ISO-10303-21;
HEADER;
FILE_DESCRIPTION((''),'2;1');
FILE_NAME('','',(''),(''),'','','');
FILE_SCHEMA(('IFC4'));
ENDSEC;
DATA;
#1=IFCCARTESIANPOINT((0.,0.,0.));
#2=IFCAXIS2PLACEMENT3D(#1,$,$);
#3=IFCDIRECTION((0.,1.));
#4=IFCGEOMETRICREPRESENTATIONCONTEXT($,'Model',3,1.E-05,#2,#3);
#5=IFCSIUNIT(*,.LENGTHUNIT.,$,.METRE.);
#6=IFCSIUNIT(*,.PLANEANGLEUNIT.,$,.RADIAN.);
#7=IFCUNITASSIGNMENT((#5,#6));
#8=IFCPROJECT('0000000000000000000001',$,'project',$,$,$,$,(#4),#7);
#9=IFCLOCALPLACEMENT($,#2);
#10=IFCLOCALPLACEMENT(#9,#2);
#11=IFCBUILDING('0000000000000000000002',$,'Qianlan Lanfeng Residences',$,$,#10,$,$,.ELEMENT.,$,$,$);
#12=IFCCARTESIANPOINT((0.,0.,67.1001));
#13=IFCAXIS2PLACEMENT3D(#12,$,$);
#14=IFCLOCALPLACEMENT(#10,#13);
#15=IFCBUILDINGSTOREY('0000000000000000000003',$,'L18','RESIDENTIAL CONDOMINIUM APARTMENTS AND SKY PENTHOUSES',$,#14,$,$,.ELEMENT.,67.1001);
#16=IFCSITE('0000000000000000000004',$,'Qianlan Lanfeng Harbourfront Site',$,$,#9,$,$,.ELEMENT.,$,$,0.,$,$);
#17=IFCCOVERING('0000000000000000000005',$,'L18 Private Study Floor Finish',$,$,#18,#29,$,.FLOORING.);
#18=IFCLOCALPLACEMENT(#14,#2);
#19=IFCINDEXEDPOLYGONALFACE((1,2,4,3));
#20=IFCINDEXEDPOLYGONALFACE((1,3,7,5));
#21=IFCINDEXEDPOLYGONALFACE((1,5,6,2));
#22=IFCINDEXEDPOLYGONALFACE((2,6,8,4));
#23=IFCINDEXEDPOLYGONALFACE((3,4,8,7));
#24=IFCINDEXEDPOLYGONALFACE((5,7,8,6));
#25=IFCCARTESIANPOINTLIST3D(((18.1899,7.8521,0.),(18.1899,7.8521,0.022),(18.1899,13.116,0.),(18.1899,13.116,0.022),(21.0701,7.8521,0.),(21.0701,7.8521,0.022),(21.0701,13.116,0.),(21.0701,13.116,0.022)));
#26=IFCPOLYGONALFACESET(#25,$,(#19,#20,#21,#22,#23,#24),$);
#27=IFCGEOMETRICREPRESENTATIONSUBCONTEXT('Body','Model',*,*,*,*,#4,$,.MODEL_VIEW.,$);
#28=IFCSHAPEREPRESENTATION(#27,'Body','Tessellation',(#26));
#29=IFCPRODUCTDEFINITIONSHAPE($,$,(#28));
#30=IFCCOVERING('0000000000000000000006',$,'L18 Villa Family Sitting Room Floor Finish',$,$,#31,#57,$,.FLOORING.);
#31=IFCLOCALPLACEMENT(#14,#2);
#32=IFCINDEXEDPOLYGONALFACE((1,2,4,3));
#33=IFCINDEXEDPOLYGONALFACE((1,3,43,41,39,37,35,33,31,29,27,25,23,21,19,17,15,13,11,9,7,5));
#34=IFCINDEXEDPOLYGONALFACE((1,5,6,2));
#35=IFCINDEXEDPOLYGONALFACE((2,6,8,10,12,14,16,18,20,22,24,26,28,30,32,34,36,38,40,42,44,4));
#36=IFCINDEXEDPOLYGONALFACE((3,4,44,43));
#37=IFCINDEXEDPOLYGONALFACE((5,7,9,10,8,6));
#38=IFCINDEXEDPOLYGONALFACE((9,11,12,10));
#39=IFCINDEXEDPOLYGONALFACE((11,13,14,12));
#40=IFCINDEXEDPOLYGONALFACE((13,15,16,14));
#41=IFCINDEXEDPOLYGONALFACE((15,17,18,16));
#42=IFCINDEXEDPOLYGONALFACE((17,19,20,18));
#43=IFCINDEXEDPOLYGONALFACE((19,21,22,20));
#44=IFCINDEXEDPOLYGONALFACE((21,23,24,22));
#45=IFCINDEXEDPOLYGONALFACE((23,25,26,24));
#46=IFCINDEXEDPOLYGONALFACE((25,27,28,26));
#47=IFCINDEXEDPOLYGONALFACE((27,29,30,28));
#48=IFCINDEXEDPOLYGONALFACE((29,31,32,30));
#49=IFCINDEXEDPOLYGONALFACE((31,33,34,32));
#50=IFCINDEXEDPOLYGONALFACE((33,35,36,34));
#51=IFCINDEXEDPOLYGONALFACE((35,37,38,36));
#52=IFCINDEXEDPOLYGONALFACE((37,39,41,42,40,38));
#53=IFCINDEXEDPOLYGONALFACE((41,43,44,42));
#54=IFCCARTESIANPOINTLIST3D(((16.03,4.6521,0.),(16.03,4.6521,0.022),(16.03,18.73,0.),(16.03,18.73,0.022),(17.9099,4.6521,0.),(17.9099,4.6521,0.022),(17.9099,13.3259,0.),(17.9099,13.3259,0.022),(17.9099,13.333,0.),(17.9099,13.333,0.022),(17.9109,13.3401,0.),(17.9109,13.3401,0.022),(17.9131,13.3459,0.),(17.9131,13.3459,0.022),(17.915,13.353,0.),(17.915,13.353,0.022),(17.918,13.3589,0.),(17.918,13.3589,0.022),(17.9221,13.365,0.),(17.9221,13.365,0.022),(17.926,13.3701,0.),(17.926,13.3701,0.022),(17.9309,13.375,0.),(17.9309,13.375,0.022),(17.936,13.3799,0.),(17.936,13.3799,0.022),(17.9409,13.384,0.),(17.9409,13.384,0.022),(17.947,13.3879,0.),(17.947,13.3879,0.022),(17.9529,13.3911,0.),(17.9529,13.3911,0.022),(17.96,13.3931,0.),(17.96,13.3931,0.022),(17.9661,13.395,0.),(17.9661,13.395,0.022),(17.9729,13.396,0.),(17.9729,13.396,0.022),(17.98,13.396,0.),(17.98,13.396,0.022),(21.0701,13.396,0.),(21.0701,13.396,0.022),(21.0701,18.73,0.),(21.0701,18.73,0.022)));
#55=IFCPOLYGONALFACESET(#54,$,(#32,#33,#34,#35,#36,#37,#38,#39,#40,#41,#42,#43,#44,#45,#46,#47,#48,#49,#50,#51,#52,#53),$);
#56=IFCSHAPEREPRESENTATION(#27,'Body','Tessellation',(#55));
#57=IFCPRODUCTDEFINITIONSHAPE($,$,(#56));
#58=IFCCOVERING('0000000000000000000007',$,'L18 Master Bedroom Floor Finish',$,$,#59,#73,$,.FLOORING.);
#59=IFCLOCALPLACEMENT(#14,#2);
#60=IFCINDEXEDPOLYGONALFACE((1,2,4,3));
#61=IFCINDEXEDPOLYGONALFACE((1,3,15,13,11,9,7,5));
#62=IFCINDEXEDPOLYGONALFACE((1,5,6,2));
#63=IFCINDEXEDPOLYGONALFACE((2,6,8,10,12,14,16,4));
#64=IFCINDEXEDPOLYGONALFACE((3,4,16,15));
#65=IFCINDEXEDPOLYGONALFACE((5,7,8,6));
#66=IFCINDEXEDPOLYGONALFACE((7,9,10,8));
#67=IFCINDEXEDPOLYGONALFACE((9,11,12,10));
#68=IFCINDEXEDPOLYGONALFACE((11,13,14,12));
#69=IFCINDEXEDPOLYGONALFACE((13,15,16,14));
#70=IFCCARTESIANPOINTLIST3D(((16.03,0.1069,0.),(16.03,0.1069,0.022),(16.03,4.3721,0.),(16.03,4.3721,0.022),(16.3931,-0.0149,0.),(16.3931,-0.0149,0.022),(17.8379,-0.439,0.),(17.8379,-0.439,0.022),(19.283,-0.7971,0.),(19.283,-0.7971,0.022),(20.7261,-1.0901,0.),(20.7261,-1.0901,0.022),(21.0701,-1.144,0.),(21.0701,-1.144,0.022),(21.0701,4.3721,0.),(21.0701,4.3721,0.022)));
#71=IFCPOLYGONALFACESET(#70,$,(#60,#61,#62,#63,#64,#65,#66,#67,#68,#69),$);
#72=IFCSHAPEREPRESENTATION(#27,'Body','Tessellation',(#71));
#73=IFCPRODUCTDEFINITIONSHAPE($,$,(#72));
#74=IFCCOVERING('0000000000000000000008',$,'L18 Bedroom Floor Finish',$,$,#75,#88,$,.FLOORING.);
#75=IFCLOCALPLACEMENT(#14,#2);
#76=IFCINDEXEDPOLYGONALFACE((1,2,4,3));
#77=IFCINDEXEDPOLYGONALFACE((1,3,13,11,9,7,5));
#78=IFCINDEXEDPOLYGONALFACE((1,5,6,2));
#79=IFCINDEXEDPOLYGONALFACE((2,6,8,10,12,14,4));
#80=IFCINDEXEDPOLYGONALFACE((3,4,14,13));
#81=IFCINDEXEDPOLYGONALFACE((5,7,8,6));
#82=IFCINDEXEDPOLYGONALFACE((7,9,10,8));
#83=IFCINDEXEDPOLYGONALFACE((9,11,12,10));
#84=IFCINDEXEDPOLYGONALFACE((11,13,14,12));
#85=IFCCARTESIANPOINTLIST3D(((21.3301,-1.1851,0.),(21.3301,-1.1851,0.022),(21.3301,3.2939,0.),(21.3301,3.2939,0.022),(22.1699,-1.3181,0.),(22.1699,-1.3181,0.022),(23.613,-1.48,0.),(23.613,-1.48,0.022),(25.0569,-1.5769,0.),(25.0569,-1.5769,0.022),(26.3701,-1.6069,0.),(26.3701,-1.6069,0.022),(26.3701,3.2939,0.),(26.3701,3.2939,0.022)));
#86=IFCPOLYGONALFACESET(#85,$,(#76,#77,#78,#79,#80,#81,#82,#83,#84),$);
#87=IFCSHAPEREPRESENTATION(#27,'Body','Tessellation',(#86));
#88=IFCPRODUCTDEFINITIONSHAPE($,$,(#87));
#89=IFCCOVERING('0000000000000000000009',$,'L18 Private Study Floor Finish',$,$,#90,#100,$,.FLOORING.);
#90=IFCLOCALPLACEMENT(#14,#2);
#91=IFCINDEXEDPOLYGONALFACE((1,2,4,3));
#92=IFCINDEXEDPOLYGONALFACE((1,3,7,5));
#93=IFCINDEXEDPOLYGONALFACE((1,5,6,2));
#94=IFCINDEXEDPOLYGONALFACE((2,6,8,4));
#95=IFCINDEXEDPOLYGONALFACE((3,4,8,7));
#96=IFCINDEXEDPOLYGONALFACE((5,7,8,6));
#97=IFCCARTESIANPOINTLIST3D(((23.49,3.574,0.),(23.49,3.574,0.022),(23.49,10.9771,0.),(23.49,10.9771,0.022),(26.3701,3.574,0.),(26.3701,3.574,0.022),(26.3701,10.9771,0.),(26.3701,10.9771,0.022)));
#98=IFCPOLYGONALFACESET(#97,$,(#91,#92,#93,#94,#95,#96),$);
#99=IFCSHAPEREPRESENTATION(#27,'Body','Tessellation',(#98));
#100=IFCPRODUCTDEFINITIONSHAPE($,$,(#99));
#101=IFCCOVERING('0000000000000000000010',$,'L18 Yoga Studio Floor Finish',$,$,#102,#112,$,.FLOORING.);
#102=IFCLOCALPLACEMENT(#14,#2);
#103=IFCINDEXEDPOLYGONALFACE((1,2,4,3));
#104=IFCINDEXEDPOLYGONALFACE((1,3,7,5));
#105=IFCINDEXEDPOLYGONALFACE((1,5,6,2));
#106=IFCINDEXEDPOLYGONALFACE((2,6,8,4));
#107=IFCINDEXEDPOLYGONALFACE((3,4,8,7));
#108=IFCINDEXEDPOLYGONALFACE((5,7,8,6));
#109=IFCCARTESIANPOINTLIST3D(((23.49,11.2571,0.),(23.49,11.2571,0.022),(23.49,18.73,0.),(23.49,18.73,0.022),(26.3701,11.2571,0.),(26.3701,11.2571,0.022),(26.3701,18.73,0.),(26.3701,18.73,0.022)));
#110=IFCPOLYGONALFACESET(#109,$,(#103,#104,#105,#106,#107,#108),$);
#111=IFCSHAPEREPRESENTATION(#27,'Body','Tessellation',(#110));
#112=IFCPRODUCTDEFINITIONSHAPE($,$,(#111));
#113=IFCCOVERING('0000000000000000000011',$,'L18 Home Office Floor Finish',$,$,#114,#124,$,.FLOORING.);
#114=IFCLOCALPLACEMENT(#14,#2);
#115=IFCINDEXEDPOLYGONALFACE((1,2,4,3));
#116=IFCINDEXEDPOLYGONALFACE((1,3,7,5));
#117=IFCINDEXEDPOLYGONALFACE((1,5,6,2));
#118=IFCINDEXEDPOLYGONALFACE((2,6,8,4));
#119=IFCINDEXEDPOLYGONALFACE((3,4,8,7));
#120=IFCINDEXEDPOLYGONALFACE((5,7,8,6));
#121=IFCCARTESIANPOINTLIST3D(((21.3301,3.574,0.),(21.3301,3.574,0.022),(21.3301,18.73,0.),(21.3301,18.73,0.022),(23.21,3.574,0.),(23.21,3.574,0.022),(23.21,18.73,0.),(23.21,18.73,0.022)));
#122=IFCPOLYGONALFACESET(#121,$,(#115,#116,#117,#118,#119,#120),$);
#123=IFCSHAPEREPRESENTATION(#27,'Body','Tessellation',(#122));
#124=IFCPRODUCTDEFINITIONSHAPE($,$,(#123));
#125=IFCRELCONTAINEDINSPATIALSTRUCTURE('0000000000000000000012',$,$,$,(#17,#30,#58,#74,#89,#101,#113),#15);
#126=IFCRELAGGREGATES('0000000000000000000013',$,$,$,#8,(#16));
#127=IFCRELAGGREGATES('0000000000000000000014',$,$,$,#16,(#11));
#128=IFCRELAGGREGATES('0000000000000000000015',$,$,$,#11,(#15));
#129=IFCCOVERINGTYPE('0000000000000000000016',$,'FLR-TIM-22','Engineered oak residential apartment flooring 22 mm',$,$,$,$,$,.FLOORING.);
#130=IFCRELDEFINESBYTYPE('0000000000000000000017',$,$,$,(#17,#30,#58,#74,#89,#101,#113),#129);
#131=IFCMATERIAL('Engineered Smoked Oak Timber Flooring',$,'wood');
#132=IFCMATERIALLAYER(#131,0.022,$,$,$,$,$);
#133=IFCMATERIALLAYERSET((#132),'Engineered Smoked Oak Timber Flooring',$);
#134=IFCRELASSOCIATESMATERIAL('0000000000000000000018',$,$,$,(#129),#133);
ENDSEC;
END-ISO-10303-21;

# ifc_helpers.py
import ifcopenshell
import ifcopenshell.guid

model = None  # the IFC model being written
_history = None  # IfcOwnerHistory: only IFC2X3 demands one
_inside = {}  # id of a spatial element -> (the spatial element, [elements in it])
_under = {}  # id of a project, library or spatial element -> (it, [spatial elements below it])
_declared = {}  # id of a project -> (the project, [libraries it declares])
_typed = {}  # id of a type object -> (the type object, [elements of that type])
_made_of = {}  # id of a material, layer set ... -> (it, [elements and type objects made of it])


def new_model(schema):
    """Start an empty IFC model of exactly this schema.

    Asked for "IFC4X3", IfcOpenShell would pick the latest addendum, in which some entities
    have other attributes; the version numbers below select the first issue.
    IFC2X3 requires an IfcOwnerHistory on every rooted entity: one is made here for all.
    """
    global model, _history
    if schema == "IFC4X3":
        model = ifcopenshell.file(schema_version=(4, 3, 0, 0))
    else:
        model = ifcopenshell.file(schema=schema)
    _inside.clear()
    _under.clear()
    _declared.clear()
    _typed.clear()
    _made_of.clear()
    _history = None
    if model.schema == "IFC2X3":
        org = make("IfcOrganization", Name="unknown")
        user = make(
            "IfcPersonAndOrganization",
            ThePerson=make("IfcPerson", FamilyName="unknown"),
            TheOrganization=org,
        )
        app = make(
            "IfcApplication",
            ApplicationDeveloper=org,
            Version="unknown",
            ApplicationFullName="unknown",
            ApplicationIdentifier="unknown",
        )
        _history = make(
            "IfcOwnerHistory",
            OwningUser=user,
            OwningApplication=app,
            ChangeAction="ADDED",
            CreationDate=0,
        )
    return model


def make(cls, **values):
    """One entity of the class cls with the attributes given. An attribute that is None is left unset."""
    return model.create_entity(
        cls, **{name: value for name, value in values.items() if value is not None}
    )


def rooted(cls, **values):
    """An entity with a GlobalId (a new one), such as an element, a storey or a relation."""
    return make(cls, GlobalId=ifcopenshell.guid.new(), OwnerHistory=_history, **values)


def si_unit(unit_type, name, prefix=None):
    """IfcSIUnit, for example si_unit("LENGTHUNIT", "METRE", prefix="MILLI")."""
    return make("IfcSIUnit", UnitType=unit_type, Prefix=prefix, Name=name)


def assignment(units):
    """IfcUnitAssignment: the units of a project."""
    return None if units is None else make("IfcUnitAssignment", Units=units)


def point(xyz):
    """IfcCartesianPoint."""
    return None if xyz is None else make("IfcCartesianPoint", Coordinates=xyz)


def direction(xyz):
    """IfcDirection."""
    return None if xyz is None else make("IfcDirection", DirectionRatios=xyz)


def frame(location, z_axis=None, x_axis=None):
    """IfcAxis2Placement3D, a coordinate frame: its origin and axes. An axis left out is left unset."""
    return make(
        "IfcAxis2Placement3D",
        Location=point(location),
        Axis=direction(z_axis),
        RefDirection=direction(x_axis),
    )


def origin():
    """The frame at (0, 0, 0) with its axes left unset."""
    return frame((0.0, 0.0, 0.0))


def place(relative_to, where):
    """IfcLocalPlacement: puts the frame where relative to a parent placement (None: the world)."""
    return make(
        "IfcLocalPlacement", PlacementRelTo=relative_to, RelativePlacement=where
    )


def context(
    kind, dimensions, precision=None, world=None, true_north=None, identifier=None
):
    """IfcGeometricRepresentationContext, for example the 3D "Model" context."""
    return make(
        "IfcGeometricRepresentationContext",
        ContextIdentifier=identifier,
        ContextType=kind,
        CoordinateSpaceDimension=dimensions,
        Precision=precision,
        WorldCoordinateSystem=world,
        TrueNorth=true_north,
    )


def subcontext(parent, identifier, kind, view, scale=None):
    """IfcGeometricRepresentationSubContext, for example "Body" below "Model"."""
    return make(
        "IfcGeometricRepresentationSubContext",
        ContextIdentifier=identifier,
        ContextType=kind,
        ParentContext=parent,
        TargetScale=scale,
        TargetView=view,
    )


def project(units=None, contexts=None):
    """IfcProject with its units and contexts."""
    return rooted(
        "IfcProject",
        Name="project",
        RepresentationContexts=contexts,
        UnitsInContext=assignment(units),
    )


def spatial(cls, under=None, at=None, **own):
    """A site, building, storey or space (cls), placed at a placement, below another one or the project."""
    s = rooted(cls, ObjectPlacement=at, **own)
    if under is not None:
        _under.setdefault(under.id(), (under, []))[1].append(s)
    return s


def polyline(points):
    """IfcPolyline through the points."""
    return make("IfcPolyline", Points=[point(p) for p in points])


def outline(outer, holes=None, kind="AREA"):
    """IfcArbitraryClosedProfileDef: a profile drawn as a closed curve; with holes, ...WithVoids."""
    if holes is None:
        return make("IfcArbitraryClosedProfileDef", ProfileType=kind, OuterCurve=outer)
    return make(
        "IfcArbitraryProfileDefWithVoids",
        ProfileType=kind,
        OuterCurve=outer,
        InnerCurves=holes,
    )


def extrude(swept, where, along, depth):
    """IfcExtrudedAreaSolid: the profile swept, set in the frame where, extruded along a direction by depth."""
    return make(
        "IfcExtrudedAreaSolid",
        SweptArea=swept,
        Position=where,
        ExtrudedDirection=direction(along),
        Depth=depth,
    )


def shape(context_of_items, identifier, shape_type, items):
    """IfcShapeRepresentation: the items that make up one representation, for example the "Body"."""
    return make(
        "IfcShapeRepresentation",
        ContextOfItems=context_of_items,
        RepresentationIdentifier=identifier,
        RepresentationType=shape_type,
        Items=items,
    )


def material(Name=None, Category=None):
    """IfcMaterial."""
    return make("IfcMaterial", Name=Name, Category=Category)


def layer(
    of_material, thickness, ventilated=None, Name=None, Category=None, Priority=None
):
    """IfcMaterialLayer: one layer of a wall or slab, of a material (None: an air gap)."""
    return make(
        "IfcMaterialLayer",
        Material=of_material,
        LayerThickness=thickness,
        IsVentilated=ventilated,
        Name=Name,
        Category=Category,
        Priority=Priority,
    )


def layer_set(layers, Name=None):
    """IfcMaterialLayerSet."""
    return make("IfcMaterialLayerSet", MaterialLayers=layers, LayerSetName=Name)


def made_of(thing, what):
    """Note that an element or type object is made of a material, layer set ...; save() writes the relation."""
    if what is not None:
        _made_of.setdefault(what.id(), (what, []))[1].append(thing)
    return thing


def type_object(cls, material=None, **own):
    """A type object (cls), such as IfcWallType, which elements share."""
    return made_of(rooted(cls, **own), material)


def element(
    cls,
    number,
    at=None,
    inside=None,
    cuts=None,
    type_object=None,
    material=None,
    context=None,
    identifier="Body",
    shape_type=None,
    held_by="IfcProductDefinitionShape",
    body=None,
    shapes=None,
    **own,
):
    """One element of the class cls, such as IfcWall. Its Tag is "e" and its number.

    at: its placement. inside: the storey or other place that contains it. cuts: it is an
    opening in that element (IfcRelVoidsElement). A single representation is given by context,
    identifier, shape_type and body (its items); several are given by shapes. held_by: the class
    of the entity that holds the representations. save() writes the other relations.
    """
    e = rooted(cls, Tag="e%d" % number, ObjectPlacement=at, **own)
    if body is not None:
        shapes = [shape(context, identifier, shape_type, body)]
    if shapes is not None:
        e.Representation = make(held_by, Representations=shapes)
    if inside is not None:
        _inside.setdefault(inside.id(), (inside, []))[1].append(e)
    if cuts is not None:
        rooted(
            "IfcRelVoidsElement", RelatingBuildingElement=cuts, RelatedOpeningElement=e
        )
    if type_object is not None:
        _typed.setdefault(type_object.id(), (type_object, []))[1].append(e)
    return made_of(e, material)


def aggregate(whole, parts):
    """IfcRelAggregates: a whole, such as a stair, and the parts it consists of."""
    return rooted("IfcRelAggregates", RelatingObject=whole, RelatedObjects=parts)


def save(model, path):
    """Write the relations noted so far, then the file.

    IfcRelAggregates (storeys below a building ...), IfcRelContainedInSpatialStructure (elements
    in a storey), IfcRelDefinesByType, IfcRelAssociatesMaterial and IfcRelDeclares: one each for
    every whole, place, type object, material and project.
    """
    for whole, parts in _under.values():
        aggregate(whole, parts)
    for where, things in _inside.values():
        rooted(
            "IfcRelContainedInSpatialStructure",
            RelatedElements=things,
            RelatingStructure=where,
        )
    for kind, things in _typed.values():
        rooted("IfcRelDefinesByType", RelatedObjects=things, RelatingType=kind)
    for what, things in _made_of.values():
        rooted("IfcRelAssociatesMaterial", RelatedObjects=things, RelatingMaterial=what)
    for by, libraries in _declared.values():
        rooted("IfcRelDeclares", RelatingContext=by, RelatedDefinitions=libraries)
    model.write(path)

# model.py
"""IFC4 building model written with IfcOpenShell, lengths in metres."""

from ifc_helpers import new_model, si_unit, direction, frame, origin, place, context, subcontext, project, spatial, polyline, outline, extrude, material, layer, layer_set, type_object, element, save


model = new_model("IFC4")

# Units and contexts
model_context = context("Model", 3, precision=1e-05, world=origin(), true_north=direction((0.0, 1.0)))
body_context = subcontext(model_context, "Body", "Model", "MODEL_VIEW")
ifc_project = project(units=[si_unit("LENGTHUNIT", "METRE"), si_unit("PLANEANGLEUNIT", "RADIAN")], contexts=[model_context])

# Site, building, storey
site_placement = place(None, origin())
site = spatial("IfcSite", under=ifc_project, at=site_placement, Name="Qianlan Lanfeng Harbourfront Site", CompositionType="ELEMENT", RefElevation=0.0)
building_placement = place(site_placement, origin())
building = spatial("IfcBuilding", under=site, at=building_placement, Name="Qianlan Lanfeng Residences", CompositionType="ELEMENT")
storey_placement = place(building_placement, frame((0.0, 0.0, 67.1001)))
storey = spatial("IfcBuildingStorey", under=building, at=storey_placement, Name="L18", Description="RESIDENTIAL CONDOMINIUM APARTMENTS AND SKY PENTHOUSES", CompositionType="ELEMENT", Elevation=67.1001)

# Coverings
ifc_material_1 = material(Name="Engineered Smoked Oak Timber Flooring", Category="wood")
ifc_layer_1 = layer(ifc_material_1, 0.022)
ifc_layer_set_1 = layer_set([ifc_layer_1], Name="Engineered Smoked Oak Timber Flooring")
covering_type_1 = type_object("IfcCoveringType", Name="FLR-TIM-22", Description="Engineered oak residential apartment flooring 22 mm", PredefinedType="FLOORING", material=ifc_layer_set_1)
covering_1_placement = place(storey_placement, origin())
element("IfcCovering", 1, at=covering_1_placement, inside=storey, type_object=covering_type_1, Name="L18 Private Study Floor Finish", PredefinedType="FLOORING", context=body_context, shape_type="SweptSolid", body=[
    extrude(outline(polyline([(18.1899, 7.8521), (21.0701, 7.8521), (21.0701, 13.116), (18.1899, 13.116), (18.1899, 7.8521)])), origin(), (0.0, 0.0, 1.0), 0.022),
])
covering_2_placement = place(storey_placement, origin())
element("IfcCovering", 2, at=covering_2_placement, inside=storey, type_object=covering_type_1, Name="L18 Villa Family Sitting Room Floor Finish", PredefinedType="FLOORING", context=body_context, shape_type="SweptSolid", body=[
    extrude(outline(polyline([(16.03, 4.6521), (17.9099, 4.6521), (17.9099, 13.3259), (17.9099, 13.333), (17.9109, 13.3401), (17.9131, 13.3459), (17.915, 13.353), (17.918, 13.3589), (17.9221, 13.365), (17.926, 13.3701), (17.9309, 13.375), (17.936, 13.3799), (17.9409, 13.384), (17.947, 13.3879), (17.9529, 13.3911), (17.96, 13.3931), (17.9661, 13.395), (17.9729, 13.396), (17.98, 13.396), (21.0701, 13.396), (21.0701, 18.73), (16.03, 18.73), (16.03, 4.6521)])), origin(), (0.0, 0.0, 1.0), 0.022),
])
covering_3_placement = place(storey_placement, origin())
element("IfcCovering", 3, at=covering_3_placement, inside=storey, type_object=covering_type_1, Name="L18 Master Bedroom Floor Finish", PredefinedType="FLOORING", context=body_context, shape_type="SweptSolid", body=[
    extrude(outline(polyline([(16.03, 4.3721), (16.03, 0.1069), (16.3931, -0.0149), (17.8379, -0.439), (19.283, -0.7971), (20.7261, -1.0901), (21.0701, -1.144), (21.0701, 4.3721), (16.03, 4.3721)])), origin(), (0.0, 0.0, 1.0), 0.022),
])
covering_4_placement = place(storey_placement, origin())
element("IfcCovering", 4, at=covering_4_placement, inside=storey, type_object=covering_type_1, Name="L18 Bedroom Floor Finish", PredefinedType="FLOORING", context=body_context, shape_type="SweptSolid", body=[
    extrude(outline(polyline([(21.3301, 3.2939), (21.3301, -1.1851), (22.1699, -1.3181), (23.613, -1.48), (25.0569, -1.5769), (26.3701, -1.6069), (26.3701, 3.2939), (21.3301, 3.2939)])), origin(), (0.0, 0.0, 1.0), 0.022),
])
covering_5_placement = place(storey_placement, origin())
element("IfcCovering", 5, at=covering_5_placement, inside=storey, type_object=covering_type_1, Name="L18 Private Study Floor Finish", PredefinedType="FLOORING", context=body_context, shape_type="SweptSolid", body=[
    extrude(outline(polyline([(23.49, 3.574), (26.3701, 3.574), (26.3701, 10.9771), (23.49, 10.9771), (23.49, 3.574)])), origin(), (0.0, 0.0, 1.0), 0.022),
])
covering_6_placement = place(storey_placement, origin())
element("IfcCovering", 6, at=covering_6_placement, inside=storey, type_object=covering_type_1, Name="L18 Yoga Studio Floor Finish", PredefinedType="FLOORING", context=body_context, shape_type="SweptSolid", body=[
    extrude(outline(polyline([(23.49, 11.2571), (26.3701, 11.2571), (26.3701, 18.73), (23.49, 18.73), (23.49, 11.2571)])), origin(), (0.0, 0.0, 1.0), 0.022),
])
covering_7_placement = place(storey_placement, origin())
element("IfcCovering", 7, at=covering_7_placement, inside=storey, type_object=covering_type_1, Name="L18 Home Office Floor Finish", PredefinedType="FLOORING", context=body_context, shape_type="SweptSolid", body=[
    extrude(outline(polyline([(21.3301, 3.574), (23.21, 3.574), (23.21, 18.73), (21.3301, 18.73), (21.3301, 3.574)])), origin(), (0.0, 0.0, 1.0), 0.022),
])

save(model, "model.ifc")
